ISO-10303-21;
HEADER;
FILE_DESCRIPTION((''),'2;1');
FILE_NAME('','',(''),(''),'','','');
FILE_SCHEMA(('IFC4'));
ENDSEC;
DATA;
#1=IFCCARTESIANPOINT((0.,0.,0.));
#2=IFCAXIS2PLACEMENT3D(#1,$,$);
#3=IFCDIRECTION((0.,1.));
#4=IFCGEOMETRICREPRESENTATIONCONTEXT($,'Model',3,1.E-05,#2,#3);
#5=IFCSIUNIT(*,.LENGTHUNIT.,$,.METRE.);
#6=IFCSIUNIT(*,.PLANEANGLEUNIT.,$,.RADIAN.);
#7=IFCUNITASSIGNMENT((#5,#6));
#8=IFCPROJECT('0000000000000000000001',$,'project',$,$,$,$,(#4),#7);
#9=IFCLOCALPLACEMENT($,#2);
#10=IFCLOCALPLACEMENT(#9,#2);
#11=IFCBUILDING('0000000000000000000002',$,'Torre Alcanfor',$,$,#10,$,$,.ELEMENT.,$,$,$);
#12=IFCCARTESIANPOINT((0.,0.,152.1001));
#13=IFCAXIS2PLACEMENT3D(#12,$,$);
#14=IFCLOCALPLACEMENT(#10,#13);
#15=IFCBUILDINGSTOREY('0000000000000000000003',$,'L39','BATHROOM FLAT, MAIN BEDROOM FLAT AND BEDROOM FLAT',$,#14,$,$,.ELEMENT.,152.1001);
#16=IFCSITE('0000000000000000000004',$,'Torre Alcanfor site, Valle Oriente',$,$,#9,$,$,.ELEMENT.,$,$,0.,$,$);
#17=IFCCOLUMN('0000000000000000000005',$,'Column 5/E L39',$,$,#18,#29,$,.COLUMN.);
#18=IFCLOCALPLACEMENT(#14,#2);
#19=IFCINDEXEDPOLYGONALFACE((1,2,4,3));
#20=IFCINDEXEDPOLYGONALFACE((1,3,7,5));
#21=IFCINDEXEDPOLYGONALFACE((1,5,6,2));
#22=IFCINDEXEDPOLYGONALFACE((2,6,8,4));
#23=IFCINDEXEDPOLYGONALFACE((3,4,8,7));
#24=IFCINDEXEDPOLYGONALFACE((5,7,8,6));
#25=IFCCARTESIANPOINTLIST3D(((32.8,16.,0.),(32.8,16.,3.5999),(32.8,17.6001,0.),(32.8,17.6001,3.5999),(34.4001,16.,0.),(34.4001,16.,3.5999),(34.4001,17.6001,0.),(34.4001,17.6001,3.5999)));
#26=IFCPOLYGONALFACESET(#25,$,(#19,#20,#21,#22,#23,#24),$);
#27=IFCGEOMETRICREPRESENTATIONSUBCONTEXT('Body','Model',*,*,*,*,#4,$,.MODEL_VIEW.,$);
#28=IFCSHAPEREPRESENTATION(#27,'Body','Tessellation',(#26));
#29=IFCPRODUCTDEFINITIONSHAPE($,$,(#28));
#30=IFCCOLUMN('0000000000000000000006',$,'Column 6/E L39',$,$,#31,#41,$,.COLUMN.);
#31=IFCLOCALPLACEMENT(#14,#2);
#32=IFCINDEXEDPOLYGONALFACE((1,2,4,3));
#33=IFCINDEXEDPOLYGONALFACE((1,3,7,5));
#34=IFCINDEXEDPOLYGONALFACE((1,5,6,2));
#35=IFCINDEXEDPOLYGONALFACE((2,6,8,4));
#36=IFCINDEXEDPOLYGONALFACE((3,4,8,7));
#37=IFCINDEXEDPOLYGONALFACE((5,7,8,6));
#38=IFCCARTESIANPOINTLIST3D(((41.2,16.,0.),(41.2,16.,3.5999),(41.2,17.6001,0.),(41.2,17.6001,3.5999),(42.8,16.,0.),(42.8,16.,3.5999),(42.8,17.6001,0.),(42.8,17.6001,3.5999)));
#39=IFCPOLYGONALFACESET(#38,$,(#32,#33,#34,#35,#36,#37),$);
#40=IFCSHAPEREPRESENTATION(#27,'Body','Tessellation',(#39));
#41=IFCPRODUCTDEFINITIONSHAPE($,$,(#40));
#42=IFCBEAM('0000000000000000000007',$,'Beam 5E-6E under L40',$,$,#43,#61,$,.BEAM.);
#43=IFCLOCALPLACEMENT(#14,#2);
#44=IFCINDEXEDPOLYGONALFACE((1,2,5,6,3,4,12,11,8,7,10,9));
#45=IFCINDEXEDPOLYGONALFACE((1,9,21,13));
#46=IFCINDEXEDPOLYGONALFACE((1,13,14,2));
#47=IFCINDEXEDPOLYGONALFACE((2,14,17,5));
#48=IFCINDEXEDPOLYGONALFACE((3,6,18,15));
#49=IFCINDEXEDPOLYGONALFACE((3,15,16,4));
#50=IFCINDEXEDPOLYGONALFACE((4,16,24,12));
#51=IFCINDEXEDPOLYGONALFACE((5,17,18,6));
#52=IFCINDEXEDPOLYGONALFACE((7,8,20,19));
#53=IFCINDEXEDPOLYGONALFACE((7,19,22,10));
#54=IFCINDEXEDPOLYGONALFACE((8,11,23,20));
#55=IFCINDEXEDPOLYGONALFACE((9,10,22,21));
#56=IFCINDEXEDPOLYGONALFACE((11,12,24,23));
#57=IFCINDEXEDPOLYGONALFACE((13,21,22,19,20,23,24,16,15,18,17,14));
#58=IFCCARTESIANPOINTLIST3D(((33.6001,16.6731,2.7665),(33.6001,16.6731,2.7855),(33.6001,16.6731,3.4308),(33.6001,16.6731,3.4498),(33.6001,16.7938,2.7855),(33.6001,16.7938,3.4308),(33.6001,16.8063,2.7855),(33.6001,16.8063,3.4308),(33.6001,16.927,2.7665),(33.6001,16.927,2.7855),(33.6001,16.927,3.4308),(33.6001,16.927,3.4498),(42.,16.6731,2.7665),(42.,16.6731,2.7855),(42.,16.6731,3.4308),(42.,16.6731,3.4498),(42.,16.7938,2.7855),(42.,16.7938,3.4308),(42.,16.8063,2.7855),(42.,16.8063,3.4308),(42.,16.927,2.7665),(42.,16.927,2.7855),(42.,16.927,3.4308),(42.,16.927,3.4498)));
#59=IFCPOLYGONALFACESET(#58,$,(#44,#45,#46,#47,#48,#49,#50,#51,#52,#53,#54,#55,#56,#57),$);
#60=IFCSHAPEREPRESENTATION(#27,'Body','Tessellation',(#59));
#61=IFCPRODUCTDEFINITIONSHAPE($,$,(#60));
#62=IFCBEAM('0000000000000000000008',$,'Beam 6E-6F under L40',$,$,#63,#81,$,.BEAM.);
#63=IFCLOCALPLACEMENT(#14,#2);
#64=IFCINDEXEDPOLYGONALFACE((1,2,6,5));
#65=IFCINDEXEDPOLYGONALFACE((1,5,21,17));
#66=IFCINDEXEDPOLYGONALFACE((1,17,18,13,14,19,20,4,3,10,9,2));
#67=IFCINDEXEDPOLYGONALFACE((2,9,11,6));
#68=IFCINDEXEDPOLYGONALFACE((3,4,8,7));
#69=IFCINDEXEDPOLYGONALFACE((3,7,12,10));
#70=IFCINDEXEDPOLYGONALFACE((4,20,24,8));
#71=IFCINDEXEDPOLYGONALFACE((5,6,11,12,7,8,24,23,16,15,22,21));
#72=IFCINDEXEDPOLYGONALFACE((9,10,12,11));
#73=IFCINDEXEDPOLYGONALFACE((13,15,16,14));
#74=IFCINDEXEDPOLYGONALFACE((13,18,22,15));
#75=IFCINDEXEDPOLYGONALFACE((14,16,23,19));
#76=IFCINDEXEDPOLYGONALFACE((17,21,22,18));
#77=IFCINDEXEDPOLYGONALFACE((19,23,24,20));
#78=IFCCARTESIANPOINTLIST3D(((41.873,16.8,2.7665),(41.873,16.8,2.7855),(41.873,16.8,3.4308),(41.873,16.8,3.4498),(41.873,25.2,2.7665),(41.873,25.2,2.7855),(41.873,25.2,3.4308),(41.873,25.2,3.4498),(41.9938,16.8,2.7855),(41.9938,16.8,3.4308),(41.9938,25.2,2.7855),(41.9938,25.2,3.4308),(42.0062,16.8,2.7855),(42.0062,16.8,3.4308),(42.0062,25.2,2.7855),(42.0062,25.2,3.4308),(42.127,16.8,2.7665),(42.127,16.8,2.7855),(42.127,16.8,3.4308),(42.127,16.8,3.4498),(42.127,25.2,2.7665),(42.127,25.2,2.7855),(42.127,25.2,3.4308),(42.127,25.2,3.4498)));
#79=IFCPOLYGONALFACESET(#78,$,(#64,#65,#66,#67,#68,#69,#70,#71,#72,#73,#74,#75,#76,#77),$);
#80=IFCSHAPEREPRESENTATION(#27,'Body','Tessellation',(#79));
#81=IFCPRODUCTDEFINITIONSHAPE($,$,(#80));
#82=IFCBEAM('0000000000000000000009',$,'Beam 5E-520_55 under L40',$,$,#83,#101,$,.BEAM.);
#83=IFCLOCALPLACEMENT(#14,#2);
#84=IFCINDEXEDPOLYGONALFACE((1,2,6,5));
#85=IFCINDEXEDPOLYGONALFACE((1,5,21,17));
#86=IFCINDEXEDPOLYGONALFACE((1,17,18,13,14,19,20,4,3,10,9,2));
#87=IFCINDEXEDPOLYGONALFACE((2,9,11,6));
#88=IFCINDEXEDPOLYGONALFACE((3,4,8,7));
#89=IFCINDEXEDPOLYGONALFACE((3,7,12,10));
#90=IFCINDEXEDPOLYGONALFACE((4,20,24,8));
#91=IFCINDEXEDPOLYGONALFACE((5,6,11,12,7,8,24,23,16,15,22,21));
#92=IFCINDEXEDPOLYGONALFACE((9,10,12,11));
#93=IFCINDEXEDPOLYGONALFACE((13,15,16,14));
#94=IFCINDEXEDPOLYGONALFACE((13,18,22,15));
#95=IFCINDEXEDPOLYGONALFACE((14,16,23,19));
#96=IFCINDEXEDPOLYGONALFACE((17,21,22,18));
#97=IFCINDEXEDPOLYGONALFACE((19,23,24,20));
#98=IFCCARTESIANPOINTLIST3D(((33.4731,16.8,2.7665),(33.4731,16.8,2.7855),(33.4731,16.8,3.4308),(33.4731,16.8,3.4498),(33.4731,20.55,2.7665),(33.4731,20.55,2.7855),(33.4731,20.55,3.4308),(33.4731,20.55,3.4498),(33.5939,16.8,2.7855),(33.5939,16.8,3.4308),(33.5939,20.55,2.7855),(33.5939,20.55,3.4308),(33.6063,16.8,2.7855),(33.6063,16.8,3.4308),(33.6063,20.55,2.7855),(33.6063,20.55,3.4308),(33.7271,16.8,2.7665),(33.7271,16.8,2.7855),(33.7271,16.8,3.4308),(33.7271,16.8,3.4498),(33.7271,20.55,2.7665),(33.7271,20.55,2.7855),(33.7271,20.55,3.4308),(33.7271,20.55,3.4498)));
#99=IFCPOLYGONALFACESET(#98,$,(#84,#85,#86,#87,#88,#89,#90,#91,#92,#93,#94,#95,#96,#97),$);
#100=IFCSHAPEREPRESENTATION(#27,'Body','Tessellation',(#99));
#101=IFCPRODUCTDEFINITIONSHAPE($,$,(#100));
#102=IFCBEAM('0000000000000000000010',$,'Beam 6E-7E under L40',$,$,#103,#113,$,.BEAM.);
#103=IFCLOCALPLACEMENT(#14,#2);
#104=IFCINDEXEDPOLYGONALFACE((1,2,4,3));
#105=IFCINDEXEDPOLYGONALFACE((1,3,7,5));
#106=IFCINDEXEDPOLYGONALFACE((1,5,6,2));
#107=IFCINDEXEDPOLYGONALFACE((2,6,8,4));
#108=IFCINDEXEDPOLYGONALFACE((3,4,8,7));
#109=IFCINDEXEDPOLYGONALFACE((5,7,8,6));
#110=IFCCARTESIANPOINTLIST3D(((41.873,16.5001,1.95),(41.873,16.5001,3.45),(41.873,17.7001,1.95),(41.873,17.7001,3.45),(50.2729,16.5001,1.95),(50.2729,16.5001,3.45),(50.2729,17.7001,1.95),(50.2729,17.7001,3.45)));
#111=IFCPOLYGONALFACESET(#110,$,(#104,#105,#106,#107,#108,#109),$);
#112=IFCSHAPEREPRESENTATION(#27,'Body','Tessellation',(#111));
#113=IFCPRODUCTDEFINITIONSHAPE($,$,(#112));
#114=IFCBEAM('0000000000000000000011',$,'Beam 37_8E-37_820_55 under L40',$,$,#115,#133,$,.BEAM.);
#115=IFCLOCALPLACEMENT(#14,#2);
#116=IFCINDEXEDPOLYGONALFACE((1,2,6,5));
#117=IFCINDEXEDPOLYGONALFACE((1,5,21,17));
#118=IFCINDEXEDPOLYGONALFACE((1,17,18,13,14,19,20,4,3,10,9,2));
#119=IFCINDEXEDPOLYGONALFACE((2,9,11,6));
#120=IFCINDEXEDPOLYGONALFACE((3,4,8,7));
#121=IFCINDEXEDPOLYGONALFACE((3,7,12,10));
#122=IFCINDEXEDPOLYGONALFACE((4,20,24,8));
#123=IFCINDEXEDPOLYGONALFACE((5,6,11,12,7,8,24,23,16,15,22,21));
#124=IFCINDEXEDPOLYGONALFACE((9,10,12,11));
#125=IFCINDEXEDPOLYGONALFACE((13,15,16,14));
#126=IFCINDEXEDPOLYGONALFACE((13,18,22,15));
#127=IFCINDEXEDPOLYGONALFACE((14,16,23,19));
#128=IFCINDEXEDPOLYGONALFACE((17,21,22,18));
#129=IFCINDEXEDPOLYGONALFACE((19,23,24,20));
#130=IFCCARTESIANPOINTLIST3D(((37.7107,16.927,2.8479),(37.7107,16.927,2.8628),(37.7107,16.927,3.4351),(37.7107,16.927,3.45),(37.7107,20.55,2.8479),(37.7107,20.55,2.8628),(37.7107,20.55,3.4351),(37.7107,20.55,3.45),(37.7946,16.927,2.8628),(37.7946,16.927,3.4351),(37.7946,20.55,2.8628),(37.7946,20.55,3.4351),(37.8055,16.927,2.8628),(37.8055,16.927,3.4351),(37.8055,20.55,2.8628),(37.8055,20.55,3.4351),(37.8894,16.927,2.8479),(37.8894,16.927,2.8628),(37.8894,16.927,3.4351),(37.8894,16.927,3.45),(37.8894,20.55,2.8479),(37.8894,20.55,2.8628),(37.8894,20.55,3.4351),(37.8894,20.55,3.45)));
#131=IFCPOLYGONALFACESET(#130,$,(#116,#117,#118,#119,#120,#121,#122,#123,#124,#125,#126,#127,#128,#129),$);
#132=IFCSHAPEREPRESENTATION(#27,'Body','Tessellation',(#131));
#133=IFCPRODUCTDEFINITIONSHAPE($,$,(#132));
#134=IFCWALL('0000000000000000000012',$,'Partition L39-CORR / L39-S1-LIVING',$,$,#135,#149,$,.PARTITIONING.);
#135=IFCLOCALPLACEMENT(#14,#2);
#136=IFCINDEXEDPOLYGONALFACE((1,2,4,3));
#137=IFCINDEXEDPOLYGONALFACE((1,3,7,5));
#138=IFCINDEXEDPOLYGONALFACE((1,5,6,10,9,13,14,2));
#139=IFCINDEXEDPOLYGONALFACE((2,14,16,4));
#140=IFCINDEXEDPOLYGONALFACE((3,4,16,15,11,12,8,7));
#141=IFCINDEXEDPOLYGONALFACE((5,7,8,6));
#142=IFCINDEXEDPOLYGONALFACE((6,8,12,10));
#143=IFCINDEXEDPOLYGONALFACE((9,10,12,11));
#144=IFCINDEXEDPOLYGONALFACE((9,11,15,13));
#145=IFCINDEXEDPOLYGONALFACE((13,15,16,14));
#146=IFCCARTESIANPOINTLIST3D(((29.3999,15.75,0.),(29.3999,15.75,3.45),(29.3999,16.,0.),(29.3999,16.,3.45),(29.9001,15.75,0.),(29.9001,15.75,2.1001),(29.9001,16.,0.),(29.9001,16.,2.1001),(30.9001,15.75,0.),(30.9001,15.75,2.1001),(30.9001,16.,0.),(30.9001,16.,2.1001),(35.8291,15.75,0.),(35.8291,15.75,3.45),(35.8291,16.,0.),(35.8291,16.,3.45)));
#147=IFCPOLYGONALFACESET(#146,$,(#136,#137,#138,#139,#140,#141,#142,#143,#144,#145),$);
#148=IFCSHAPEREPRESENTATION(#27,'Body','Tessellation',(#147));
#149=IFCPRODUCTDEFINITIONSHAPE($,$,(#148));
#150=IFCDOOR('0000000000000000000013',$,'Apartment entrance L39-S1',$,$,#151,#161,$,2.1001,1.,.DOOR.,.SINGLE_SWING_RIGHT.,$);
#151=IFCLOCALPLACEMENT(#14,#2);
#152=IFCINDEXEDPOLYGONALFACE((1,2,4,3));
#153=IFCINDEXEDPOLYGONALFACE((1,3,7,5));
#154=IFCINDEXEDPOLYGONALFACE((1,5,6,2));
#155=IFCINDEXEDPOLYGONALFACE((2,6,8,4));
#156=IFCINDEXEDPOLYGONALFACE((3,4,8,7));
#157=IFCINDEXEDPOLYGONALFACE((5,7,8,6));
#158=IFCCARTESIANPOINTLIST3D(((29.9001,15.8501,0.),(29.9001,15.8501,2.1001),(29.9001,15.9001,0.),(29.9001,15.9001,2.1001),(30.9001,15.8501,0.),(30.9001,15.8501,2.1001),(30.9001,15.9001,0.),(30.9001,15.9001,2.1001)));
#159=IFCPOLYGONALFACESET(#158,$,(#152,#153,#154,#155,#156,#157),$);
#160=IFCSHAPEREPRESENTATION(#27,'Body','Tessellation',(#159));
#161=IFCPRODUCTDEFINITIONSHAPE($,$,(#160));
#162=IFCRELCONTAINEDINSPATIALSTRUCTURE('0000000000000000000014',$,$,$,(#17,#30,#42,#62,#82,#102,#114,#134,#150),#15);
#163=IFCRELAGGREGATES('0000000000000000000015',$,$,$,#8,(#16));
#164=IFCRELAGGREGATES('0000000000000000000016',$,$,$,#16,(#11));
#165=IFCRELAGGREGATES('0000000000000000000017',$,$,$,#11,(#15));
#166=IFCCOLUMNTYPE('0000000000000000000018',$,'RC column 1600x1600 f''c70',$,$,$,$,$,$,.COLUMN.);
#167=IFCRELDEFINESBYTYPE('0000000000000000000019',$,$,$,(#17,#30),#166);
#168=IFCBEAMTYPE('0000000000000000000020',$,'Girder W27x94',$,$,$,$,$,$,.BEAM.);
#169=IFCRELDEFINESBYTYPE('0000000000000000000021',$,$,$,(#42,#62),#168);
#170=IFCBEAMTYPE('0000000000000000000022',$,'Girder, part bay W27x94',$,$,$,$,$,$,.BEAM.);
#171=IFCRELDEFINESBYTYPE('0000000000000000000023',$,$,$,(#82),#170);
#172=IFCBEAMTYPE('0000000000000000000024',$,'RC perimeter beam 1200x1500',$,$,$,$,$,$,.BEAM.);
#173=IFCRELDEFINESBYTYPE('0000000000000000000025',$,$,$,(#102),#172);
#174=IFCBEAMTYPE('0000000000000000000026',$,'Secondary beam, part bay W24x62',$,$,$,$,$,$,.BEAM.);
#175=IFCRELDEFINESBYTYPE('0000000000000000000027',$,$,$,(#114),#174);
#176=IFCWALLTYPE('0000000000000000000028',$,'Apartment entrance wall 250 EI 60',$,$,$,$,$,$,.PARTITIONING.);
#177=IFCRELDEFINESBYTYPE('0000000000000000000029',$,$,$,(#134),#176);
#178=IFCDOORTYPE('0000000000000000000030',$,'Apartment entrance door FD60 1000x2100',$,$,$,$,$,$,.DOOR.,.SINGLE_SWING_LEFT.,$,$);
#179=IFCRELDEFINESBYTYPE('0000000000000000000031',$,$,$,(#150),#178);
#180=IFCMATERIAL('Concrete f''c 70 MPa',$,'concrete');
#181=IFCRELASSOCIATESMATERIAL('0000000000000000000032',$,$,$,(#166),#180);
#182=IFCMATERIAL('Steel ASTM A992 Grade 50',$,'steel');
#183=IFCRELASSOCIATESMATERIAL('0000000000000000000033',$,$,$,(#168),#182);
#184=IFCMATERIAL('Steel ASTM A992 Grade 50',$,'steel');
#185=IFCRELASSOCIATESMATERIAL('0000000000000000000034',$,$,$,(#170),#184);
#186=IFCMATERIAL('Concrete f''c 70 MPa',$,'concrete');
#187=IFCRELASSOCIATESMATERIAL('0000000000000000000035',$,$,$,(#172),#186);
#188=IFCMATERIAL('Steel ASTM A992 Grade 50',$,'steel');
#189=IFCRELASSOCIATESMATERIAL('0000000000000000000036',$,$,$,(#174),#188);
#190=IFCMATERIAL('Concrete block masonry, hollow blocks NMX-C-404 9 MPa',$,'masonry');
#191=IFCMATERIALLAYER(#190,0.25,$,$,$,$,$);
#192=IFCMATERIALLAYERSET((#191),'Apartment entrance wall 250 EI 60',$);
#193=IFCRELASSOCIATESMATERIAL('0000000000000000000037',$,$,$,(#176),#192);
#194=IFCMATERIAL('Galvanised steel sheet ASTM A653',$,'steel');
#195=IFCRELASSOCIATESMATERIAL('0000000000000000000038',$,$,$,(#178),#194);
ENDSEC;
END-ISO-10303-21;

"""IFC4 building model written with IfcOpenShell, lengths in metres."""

from ifc_helpers import new_model, si_unit, direction, frame, frame_2d, origin, origin_2d, place, context, subcontext, project, spatial, rectangle, i_section, extrude, material, layer, layer_set, material_profile, profile_set, type_object, element, fill, save


model = new_model("IFC4")

# Units and contexts
model_context = context("Model", 3, precision=1e-05, world=origin(), true_north=direction((0.0, 1.0)))
body_context = subcontext(model_context, "Body", "Model", "MODEL_VIEW")
ifc_project = project(units=[si_unit("LENGTHUNIT", "METRE"), si_unit("PLANEANGLEUNIT", "RADIAN")], contexts=[model_context])

# Site, building, storey
site_placement = place(None, origin())
site = spatial("IfcSite", under=ifc_project, at=site_placement, Name="Torre Alcanfor site, Valle Oriente", CompositionType="ELEMENT", RefElevation=0.0)
building_placement = place(site_placement, origin())
building = spatial("IfcBuilding", under=site, at=building_placement, Name="Torre Alcanfor", CompositionType="ELEMENT")
storey_placement = place(building_placement, frame((0.0, 0.0, 152.1001)))
storey = spatial("IfcBuildingStorey", under=building, at=storey_placement, Name="L39", Description="BATHROOM FLAT, MAIN BEDROOM FLAT AND BEDROOM FLAT", CompositionType="ELEMENT", Elevation=152.1001)

# Columns
ifc_material_1 = material(Name="Concrete f'c 70 MPa", Category="concrete")
ifc_material_profile_1 = material_profile(ifc_material_1, rectangle(XDim=1.6001, YDim=1.6001, at=origin_2d()), Name="1600x1600")
ifc_profile_set_1 = profile_set([ifc_material_profile_1], Name="Concrete f'c 70 MPa")
column_type = type_object("IfcColumnType", Name="RC column 1600x1600 f'c70", PredefinedType="COLUMN", material=ifc_profile_set_1)
for number, where, z_axis, x_axis, name in (
    (1, (33.6001, 16.8, 0.0), (0.0, 0.0, 1.0), (1.0, 0.0, 0.0), "Column 5/E L39"),
    (2, (42.0, 16.8, 0.0), (0.0, 0.0, 1.0), (1.0, 0.0, 0.0), "Column 6/E L39"),
):
    element("IfcColumn", number, at=place(storey_placement, frame(where, z_axis=z_axis, x_axis=x_axis)), inside=storey, type_object=column_type, Name=name, PredefinedType="COLUMN", context=body_context, shape_type="SweptSolid", body=[
        extrude(rectangle(XDim=1.6001, YDim=1.6001, at=origin_2d()), origin(), (0.0, 0.0, 1.0), 3.5999),
    ])

# Beams
ifc_material_2 = material(Name="Steel ASTM A992 Grade 50", Category="steel")
ifc_material_profile_2 = material_profile(ifc_material_2, i_section(OverallWidth=0.2539, OverallDepth=0.6833, WebThickness=0.0125, FlangeThickness=0.019, at=origin_2d()), Name="W27x94")
ifc_profile_set_2 = profile_set([ifc_material_profile_2], Name="Steel ASTM A992 Grade 50")
beam_type_1 = type_object("IfcBeamType", Name="Girder W27x94", PredefinedType="BEAM", material=ifc_profile_set_2)
for number, where, z_axis, x_axis, name in (
    (3, (33.6001, 16.8, 3.1082), (1.0, 0.0, 0.0), (0.0, 1.0, 0.0), "Beam 5E-6E under L40"),
    (4, (42.0, 16.8, 3.1082), (0.0, 1.0, 0.0), (-1.0, 0.0, 0.0), "Beam 6E-6F under L40"),
):
    element("IfcBeam", number, at=place(storey_placement, frame(where, z_axis=z_axis, x_axis=x_axis)), inside=storey, type_object=beam_type_1, Name=name, PredefinedType="BEAM", context=body_context, shape_type="SweptSolid", body=[
        extrude(i_section(OverallWidth=0.2539, OverallDepth=0.6833, WebThickness=0.0125, FlangeThickness=0.019, at=origin_2d()), origin(), (0.0, 0.0, 1.0), 8.3999),
    ])
ifc_material_3 = material(Name="Steel ASTM A992 Grade 50", Category="steel")
ifc_material_profile_3 = material_profile(ifc_material_3, i_section(OverallWidth=0.2539, OverallDepth=0.6833, WebThickness=0.0125, FlangeThickness=0.019, at=origin_2d()), Name="W27x94")
ifc_profile_set_3 = profile_set([ifc_material_profile_3], Name="Steel ASTM A992 Grade 50")
beam_type_2 = type_object("IfcBeamType", Name="Girder, part bay W27x94", PredefinedType="BEAM", material=ifc_profile_set_3)
beam_1_placement = place(storey_placement, frame((33.6001, 16.8, 3.1082), z_axis=(0.0, 1.0, 0.0), x_axis=(-1.0, 0.0, 0.0)))
element("IfcBeam", 5, at=beam_1_placement, inside=storey, type_object=beam_type_2, Name="Beam 5E-520_55 under L40", PredefinedType="BEAM", context=body_context, shape_type="SweptSolid", body=[
    extrude(i_section(OverallWidth=0.2539, OverallDepth=0.6833, WebThickness=0.0125, FlangeThickness=0.019, at=origin_2d()), origin(), (0.0, 0.0, 1.0), 3.75),
])
ifc_material_4 = material(Name="Concrete f'c 70 MPa", Category="concrete")
ifc_material_profile_4 = material_profile(ifc_material_4, rectangle(XDim=1.2, YDim=1.5, at=origin_2d()), Name="1200x1500")
ifc_profile_set_4 = profile_set([ifc_material_profile_4], Name="Concrete f'c 70 MPa")
beam_type_3 = type_object("IfcBeamType", Name="RC perimeter beam 1200x1500", PredefinedType="BEAM", material=ifc_profile_set_4)
beam_2_placement = place(storey_placement, frame((41.873, 17.1001, 2.7), z_axis=(1.0, 0.0, 0.0), x_axis=(0.0, 1.0, 0.0)))
element("IfcBeam", 6, at=beam_2_placement, inside=storey, type_object=beam_type_3, Name="Beam 6E-7E under L40", PredefinedType="BEAM", context=body_context, shape_type="SweptSolid", body=[
    extrude(rectangle(XDim=1.2, YDim=1.5, at=origin_2d()), origin(), (0.0, 0.0, 1.0), 8.3999),
])
ifc_material_5 = material(Name="Steel ASTM A992 Grade 50", Category="steel")
ifc_material_profile_5 = material_profile(ifc_material_5, i_section(OverallWidth=0.1787, OverallDepth=0.6021, WebThickness=0.011, FlangeThickness=0.0149, at=origin_2d()), Name="W24x62")
ifc_profile_set_5 = profile_set([ifc_material_profile_5], Name="Steel ASTM A992 Grade 50")
beam_type_4 = type_object("IfcBeamType", Name="Secondary beam, part bay W24x62", PredefinedType="BEAM", material=ifc_profile_set_5)
beam_3_placement = place(storey_placement, frame((37.8, 16.927, 3.1489), z_axis=(0.0, 1.0, 0.0), x_axis=(-1.0, 0.0, 0.0)))
element("IfcBeam", 7, at=beam_3_placement, inside=storey, type_object=beam_type_4, Name="Beam 37_8E-37_820_55 under L40", PredefinedType="BEAM", context=body_context, shape_type="SweptSolid", body=[
    extrude(i_section(OverallWidth=0.1787, OverallDepth=0.6021, WebThickness=0.011, FlangeThickness=0.0149, at=origin_2d()), origin(), (0.0, 0.0, 1.0), 3.623),
])

# Wall, opening, door
ifc_material_6 = material(Name="Concrete block masonry, hollow blocks NMX-C-404 9 MPa", Category="masonry")
ifc_layer_1 = layer(ifc_material_6, 0.25)
ifc_layer_set_1 = layer_set([ifc_layer_1], Name="Apartment entrance wall 250 EI 60")
wall_type_1 = type_object("IfcWallType", Name="Apartment entrance wall 250 EI 60", PredefinedType="PARTITIONING", material=ifc_layer_set_1)
wall_1_placement = place(storey_placement, frame((35.8291, 15.875, 0.0), z_axis=(0.0, 0.0, 1.0), x_axis=(-1.0, 0.0, 0.0)))
wall_1 = element("IfcWall", 8, at=wall_1_placement, inside=storey, type_object=wall_type_1, Name="Partition L39-CORR / L39-S1-LIVING", PredefinedType="PARTITIONING", context=body_context, shape_type="SweptSolid", body=[
    extrude(rectangle(XDim=6.4292, YDim=0.25, at=frame_2d((3.2146, 0.0))), origin(), (0.0, 0.0, 1.0), 3.45),
])
opening_1_placement = place(wall_1_placement, frame((4.929, 0.0, 0.0)))
opening_1 = element("IfcOpeningElement", 9, at=opening_1_placement, cuts=wall_1, PredefinedType="OPENING", context=body_context, shape_type="SweptSolid", body=[
    extrude(rectangle(XDim=1.0, YDim=2.1001, at=frame_2d((0.5, 1.05))), frame((0.0, 0.135, 0.0), z_axis=(0.0, -1.0, 0.0), x_axis=(1.0, 0.0, 0.0)), (0.0, 0.0, 1.0), 0.27),
])
ifc_material_7 = material(Name="Galvanised steel sheet ASTM A653", Category="steel")
door_type_1 = type_object("IfcDoorType", Name="Apartment entrance door FD60 1000x2100", OperationType="SINGLE_SWING_LEFT", PredefinedType="DOOR", material=ifc_material_7)
door_1_placement = place(opening_1_placement, origin())
door_1 = element("IfcDoor", 10, at=door_1_placement, inside=storey, type_object=door_type_1, Name="Apartment entrance L39-S1", OperationType="SINGLE_SWING_RIGHT", OverallHeight=2.1001, OverallWidth=1.0, PredefinedType="DOOR", context=body_context, shape_type="SweptSolid", body=[
    extrude(rectangle(XDim=1.0, YDim=2.1001, at=frame_2d((0.5, 1.05))), frame((0.0, 0.0249, 0.0), z_axis=(0.0, -1.0, 0.0), x_axis=(1.0, 0.0, 0.0)), (0.0, 0.0, 1.0), 0.05),
])
fill(opening_1, door_1)

save(model, "model.ifc")
